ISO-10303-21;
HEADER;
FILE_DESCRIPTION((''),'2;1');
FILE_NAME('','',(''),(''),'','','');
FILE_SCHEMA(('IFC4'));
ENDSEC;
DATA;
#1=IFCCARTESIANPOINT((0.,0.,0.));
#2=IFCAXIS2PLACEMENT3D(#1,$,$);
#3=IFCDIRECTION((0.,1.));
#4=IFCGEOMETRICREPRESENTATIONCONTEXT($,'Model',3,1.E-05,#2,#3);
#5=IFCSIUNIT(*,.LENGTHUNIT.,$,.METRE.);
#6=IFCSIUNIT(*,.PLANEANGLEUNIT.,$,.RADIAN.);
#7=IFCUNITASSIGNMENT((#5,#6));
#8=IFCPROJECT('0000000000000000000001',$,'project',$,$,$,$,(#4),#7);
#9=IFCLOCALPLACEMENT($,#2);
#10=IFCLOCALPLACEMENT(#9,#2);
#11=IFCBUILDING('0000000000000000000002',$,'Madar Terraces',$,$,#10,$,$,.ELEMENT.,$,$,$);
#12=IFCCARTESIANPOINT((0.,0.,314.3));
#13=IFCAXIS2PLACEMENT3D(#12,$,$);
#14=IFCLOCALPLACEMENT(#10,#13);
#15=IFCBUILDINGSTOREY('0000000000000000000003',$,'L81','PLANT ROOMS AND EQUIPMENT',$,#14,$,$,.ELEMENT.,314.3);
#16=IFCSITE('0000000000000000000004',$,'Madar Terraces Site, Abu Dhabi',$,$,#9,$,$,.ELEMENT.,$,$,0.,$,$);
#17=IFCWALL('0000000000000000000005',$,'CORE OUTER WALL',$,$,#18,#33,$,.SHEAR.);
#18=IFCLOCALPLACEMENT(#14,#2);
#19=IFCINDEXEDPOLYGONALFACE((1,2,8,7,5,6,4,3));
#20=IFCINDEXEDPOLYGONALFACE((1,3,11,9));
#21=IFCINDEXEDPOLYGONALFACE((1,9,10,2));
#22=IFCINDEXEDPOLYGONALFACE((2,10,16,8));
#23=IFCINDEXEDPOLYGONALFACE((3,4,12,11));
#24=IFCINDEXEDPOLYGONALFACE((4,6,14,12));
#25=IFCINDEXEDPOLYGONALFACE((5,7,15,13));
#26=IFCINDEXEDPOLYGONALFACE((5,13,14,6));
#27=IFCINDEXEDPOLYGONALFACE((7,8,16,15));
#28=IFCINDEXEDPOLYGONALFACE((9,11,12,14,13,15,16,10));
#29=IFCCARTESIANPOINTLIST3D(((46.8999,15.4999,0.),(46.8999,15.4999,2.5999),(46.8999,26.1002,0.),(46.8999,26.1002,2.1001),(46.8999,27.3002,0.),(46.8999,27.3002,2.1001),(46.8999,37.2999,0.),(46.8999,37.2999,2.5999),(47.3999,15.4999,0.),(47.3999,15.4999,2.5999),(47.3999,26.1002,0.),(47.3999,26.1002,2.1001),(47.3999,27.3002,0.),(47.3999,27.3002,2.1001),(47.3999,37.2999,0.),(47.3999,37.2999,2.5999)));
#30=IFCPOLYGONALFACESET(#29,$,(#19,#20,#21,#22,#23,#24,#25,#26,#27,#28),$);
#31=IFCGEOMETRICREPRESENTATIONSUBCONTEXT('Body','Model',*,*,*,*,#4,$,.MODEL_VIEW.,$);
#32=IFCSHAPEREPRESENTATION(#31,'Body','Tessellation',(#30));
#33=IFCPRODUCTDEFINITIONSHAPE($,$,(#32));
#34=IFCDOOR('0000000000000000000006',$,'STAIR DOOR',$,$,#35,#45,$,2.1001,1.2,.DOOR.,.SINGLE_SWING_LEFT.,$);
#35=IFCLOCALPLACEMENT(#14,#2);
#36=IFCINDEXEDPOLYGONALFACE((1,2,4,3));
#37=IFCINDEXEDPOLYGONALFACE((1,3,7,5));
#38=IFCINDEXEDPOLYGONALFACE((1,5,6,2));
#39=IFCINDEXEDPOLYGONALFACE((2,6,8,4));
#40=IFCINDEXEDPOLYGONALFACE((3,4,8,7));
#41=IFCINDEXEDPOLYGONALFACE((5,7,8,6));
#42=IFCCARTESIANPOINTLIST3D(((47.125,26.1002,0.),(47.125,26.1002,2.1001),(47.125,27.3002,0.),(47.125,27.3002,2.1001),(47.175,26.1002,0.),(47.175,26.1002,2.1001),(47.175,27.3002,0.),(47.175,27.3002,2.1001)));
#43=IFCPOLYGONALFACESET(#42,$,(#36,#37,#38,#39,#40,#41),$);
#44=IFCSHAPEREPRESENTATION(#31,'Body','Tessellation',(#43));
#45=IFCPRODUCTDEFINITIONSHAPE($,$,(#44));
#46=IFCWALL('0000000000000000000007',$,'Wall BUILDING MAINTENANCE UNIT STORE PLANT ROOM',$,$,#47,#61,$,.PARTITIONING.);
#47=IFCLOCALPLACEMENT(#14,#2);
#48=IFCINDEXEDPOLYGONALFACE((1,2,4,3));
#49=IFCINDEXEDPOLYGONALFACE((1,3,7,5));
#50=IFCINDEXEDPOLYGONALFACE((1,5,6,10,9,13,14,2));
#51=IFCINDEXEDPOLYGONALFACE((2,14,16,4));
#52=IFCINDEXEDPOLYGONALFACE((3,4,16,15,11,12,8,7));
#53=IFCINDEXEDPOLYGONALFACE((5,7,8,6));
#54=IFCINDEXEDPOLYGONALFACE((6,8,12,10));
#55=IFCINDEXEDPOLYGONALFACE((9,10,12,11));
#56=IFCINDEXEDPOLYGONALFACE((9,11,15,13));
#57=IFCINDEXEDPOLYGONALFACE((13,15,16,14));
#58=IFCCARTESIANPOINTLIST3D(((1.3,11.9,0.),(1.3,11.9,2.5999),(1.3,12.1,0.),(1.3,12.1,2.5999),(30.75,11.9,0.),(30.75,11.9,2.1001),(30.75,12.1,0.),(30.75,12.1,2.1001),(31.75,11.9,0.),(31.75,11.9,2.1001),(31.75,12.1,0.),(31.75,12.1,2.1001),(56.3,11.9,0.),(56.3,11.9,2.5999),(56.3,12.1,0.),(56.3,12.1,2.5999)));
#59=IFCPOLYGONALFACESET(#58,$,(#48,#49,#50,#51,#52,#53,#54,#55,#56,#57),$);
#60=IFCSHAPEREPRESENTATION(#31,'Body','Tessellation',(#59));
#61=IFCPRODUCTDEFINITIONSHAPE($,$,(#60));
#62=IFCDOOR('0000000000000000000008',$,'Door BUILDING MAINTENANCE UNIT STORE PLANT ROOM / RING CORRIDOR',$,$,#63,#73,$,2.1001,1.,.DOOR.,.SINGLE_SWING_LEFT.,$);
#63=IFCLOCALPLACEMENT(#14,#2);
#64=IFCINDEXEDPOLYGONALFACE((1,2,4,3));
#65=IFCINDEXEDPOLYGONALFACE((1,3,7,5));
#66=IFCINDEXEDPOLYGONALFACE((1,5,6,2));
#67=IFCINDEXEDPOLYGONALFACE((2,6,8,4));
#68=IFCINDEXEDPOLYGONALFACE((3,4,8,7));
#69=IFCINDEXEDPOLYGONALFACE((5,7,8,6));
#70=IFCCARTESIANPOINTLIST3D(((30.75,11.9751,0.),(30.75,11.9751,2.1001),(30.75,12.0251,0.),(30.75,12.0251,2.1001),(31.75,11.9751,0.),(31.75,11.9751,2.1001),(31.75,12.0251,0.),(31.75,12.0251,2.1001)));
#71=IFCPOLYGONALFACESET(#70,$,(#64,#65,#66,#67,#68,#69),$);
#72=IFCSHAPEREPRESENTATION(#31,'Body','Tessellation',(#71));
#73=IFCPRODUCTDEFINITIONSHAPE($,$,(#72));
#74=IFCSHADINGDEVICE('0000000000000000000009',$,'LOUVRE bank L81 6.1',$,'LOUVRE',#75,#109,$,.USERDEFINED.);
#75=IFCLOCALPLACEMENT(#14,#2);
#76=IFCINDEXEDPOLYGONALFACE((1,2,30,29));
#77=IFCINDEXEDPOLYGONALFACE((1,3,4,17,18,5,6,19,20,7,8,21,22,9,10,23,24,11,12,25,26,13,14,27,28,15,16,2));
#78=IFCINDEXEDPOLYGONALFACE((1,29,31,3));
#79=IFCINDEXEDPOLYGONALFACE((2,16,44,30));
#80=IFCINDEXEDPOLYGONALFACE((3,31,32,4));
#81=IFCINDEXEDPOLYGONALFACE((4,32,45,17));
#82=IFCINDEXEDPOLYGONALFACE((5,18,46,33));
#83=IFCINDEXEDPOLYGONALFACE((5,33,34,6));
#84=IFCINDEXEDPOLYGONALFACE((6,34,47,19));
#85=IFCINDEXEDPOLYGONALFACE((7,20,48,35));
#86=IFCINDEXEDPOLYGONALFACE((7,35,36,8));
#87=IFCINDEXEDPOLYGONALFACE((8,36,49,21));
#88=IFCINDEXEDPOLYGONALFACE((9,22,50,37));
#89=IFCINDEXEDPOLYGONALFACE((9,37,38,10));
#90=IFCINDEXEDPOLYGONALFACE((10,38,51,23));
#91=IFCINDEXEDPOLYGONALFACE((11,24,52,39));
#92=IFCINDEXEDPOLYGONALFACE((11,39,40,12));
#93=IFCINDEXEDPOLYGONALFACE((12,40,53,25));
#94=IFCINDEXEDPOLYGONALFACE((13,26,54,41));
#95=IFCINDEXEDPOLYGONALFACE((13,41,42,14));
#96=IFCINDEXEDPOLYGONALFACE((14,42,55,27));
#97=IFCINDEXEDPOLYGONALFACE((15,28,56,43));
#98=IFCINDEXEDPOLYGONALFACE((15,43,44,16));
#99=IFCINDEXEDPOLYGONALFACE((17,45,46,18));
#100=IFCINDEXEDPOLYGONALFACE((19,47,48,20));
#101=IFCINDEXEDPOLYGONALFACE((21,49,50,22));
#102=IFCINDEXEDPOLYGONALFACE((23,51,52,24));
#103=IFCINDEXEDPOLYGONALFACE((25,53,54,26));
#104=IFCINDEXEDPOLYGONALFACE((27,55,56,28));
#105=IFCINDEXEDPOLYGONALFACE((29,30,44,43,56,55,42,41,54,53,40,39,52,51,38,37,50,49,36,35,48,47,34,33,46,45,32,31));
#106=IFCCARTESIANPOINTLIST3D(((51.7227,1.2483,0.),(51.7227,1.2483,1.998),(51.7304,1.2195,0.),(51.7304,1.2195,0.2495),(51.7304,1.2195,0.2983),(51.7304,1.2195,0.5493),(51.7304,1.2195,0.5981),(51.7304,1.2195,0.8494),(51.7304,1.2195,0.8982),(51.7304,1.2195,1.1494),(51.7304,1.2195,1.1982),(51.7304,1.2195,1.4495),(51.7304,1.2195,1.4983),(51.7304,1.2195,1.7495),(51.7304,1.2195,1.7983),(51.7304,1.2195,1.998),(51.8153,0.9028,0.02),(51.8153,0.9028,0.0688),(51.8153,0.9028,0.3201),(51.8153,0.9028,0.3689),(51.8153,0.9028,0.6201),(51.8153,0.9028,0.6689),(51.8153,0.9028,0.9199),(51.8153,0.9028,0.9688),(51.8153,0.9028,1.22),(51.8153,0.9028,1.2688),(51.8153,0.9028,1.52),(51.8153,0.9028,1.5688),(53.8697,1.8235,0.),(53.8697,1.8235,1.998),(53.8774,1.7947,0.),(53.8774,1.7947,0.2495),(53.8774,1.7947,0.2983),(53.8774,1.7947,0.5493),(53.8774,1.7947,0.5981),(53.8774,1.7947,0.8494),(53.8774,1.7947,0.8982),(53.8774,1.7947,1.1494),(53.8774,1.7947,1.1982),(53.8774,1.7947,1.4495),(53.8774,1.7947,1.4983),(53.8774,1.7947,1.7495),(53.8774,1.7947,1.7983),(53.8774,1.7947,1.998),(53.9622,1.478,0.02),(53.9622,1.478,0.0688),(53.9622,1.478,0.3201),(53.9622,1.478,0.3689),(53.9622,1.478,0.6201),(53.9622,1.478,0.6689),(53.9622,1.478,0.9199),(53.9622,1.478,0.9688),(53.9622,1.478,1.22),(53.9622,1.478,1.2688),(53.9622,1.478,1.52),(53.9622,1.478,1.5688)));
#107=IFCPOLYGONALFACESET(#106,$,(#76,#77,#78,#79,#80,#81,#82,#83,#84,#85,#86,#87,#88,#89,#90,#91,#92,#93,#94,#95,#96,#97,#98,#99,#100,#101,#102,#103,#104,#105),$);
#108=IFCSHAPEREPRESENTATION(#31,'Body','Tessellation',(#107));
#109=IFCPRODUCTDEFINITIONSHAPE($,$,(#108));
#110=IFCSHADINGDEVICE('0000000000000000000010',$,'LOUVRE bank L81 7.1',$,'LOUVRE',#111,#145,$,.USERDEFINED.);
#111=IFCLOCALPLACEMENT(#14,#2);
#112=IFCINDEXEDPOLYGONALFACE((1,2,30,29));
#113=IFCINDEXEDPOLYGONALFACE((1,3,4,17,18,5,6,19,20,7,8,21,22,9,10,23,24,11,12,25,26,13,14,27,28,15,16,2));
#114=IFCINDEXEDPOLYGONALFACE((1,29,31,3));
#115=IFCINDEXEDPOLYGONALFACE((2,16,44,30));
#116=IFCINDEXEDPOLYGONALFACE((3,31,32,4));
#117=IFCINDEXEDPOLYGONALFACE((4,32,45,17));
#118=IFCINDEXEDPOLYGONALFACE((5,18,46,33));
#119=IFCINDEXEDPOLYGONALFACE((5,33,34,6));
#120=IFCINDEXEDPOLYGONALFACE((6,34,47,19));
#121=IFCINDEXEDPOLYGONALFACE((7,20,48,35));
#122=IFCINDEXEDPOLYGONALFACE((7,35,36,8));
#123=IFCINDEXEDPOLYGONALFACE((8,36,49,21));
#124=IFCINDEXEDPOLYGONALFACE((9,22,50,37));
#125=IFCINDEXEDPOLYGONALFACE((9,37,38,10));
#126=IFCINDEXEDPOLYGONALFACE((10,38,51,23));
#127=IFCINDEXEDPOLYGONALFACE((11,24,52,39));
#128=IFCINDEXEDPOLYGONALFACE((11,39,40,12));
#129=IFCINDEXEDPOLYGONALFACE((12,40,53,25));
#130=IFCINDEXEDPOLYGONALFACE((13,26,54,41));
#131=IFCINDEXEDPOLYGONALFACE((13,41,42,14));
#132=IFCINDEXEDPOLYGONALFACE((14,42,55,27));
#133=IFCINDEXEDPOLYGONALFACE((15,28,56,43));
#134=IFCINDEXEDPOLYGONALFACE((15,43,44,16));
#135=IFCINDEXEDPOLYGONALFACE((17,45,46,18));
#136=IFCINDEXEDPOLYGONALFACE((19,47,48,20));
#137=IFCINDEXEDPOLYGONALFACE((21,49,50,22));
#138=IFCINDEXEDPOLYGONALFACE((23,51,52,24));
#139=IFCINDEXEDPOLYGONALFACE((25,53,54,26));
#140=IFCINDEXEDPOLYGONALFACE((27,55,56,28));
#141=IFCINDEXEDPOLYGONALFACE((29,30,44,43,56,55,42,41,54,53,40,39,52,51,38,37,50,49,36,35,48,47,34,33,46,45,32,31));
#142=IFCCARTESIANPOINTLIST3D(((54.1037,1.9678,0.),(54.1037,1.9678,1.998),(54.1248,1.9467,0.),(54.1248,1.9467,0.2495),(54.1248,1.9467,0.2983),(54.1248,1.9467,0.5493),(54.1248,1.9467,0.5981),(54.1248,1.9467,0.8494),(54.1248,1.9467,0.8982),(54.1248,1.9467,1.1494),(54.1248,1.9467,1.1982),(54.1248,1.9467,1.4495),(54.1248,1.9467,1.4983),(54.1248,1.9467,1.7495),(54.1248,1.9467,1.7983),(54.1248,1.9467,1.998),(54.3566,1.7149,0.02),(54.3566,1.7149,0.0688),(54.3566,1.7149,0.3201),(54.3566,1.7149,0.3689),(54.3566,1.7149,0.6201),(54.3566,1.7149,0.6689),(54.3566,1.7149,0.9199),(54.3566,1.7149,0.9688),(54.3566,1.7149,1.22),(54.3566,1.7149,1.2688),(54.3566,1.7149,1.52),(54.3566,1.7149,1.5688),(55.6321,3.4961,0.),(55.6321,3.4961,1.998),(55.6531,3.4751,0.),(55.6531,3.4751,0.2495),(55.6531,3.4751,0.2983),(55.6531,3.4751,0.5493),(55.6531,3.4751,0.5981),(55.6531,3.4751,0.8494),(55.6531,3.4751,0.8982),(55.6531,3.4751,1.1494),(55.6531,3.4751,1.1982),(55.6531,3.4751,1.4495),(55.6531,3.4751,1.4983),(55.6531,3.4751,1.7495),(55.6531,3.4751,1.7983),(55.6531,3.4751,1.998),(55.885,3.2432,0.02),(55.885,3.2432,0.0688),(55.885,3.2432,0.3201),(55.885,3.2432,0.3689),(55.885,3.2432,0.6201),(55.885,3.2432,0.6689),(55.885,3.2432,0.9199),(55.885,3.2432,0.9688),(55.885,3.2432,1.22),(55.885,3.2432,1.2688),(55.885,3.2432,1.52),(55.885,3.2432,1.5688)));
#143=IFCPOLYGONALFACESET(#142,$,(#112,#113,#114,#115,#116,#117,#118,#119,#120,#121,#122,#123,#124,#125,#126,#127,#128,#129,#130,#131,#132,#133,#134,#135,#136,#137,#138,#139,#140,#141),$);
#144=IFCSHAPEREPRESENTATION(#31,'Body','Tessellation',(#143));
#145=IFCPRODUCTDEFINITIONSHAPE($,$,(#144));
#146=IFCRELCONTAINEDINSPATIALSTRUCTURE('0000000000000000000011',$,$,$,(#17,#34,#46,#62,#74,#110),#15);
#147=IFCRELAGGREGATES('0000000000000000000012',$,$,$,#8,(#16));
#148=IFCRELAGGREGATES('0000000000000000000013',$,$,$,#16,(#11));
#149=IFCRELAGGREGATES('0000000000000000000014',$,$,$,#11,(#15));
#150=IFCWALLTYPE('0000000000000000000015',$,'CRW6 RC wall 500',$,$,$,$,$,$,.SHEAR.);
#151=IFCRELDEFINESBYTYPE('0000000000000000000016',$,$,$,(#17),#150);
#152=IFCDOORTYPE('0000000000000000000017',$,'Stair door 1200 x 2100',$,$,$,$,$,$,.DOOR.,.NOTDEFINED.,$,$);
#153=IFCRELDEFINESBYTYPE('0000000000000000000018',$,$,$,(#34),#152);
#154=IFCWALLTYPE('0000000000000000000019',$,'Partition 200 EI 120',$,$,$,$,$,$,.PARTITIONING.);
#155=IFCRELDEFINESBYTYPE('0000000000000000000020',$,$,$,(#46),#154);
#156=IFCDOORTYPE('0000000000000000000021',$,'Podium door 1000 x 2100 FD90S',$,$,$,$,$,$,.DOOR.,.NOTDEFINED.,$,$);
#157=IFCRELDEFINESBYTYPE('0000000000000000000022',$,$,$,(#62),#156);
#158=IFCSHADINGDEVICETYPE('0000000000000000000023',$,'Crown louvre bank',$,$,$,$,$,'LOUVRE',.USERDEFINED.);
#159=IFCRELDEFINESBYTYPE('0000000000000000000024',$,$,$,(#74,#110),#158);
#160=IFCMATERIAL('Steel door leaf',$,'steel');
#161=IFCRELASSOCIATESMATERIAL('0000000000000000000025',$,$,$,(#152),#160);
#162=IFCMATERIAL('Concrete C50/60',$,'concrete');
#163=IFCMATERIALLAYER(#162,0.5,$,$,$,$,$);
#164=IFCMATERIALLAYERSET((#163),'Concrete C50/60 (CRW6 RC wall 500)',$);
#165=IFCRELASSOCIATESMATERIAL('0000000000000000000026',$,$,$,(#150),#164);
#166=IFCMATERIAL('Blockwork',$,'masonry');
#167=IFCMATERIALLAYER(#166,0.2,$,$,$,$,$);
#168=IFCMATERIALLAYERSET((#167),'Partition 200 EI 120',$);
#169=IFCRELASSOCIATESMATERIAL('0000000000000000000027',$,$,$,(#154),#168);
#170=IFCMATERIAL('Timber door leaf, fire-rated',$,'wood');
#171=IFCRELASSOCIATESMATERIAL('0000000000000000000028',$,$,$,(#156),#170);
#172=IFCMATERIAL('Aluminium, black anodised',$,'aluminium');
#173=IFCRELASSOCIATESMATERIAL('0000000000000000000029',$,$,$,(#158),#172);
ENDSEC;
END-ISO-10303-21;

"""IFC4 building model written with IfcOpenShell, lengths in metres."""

from ifc_helpers import new_model, si_unit, direction, frame, frame_2d, origin, place, context, subcontext, project, spatial, polyline, rectangle, outline, extrude, material, layer, layer_set, type_object, element, fill, save


model = new_model("IFC4")

# Units and contexts
model_context = context("Model", 3, precision=1e-05, world=origin(), true_north=direction((0.0, 1.0)))
body_context = subcontext(model_context, "Body", "Model", "MODEL_VIEW")
ifc_project = project(units=[si_unit("LENGTHUNIT", "METRE"), si_unit("PLANEANGLEUNIT", "RADIAN")], contexts=[model_context])

# Site, building, storey
site_placement = place(None, origin())
site = spatial("IfcSite", under=ifc_project, at=site_placement, Name="Madar Terraces Site, Abu Dhabi", CompositionType="ELEMENT", RefElevation=0.0)
building_placement = place(site_placement, origin())
building = spatial("IfcBuilding", under=site, at=building_placement, Name="Madar Terraces", CompositionType="ELEMENT")
storey_placement = place(building_placement, frame((0.0, 0.0, 314.3)))
storey = spatial("IfcBuildingStorey", under=building, at=storey_placement, Name="L81", Description="PLANT ROOMS AND EQUIPMENT", CompositionType="ELEMENT", Elevation=314.3)

# Walls, openings, doors
ifc_material_1 = material(Name="Steel door leaf", Category="steel")
door_type_1 = type_object("IfcDoorType", Name="Stair door 1200 x 2100", OperationType="NOTDEFINED", PredefinedType="DOOR", material=ifc_material_1)
ifc_material_2 = material(Name="Concrete C50/60", Category="concrete")
ifc_layer_1 = layer(ifc_material_2, 0.5)
ifc_layer_set_1 = layer_set([ifc_layer_1], Name="Concrete C50/60 (CRW6 RC wall 500)")
wall_type_1 = type_object("IfcWallType", Name="CRW6 RC wall 500", PredefinedType="SHEAR", material=ifc_layer_set_1)
wall_1_placement = place(storey_placement, frame((47.1499, 15.5, 0.0), z_axis=(0.0, 0.0, 1.0), x_axis=(0.0, 1.0, 0.0)))
wall_1 = element("IfcWall", 1, at=wall_1_placement, inside=storey, type_object=wall_type_1, Name="CORE OUTER WALL", PredefinedType="SHEAR", context=body_context, shape_type="SweptSolid", body=[
    extrude(rectangle(XDim=21.8, YDim=0.5, at=frame_2d((10.8999, 0.0))), origin(), (0.0, 0.0, 1.0), 2.5999),
])
opening_1_placement = place(wall_1_placement, frame((10.6001, 0.0, 0.0)))
opening_1 = element("IfcOpeningElement", 2, at=opening_1_placement, cuts=wall_1, PredefinedType="OPENING", context=body_context, shape_type="SweptSolid", body=[
    extrude(rectangle(XDim=1.2, YDim=2.1001, at=frame_2d((0.6001, 1.05))), frame((0.0, 0.26, 0.0), z_axis=(0.0, -1.0, 0.0), x_axis=(1.0, 0.0, 0.0)), (0.0, 0.0, 1.0), 0.52),
])
door_1_placement = place(opening_1_placement, origin())
door_1 = element("IfcDoor", 3, at=door_1_placement, inside=storey, type_object=door_type_1, Name="STAIR DOOR", OperationType="SINGLE_SWING_LEFT", OverallHeight=2.1001, OverallWidth=1.2, PredefinedType="DOOR", context=body_context, shape_type="SweptSolid", body=[
    extrude(rectangle(XDim=1.2, YDim=2.1001, at=frame_2d((0.6001, 1.05))), frame((0.0, 0.0249, 0.0), z_axis=(0.0, -1.0, 0.0), x_axis=(1.0, 0.0, 0.0)), (0.0, 0.0, 1.0), 0.05),
])
fill(opening_1, door_1)
ifc_material_3 = material(Name="Blockwork", Category="masonry")
ifc_layer_2 = layer(ifc_material_3, 0.2)
ifc_layer_set_2 = layer_set([ifc_layer_2], Name="Partition 200 EI 120")
wall_type_2 = type_object("IfcWallType", Name="Partition 200 EI 120", PredefinedType="PARTITIONING", material=ifc_layer_set_2)
wall_2_placement = place(storey_placement, frame((56.3, 12.0, 0.0), z_axis=(0.0, 0.0, 1.0), x_axis=(-1.0, 0.0, 0.0)))
wall_2 = element("IfcWall", 4, at=wall_2_placement, inside=storey, type_object=wall_type_2, Name="Wall BUILDING MAINTENANCE UNIT STORE PLANT ROOM", PredefinedType="PARTITIONING", context=body_context, shape_type="SweptSolid", body=[
    extrude(rectangle(XDim=55.0, YDim=0.2, at=frame_2d((27.5, 0.0))), origin(), (0.0, 0.0, 1.0), 2.5999),
])
opening_2_placement = place(wall_2_placement, frame((24.55, 0.0, 0.0)))
opening_2 = element("IfcOpeningElement", 5, at=opening_2_placement, cuts=wall_2, PredefinedType="OPENING", context=body_context, shape_type="SweptSolid", body=[
    extrude(rectangle(XDim=1.0, YDim=2.1001, at=frame_2d((0.5, 1.05))), frame((0.0, 0.1099, 0.0), z_axis=(0.0, -1.0, 0.0), x_axis=(1.0, 0.0, 0.0)), (0.0, 0.0, 1.0), 0.22),
])
ifc_material_4 = material(Name="Timber door leaf, fire-rated", Category="wood")
door_type_2 = type_object("IfcDoorType", Name="Podium door 1000 x 2100 FD90S", OperationType="NOTDEFINED", PredefinedType="DOOR", material=ifc_material_4)
door_2_placement = place(opening_2_placement, origin())
door_2 = element("IfcDoor", 6, at=door_2_placement, inside=storey, type_object=door_type_2, Name="Door BUILDING MAINTENANCE UNIT STORE PLANT ROOM / RING CORRIDOR", OperationType="SINGLE_SWING_LEFT", OverallHeight=2.1001, OverallWidth=1.0, PredefinedType="DOOR", context=body_context, shape_type="SweptSolid", body=[
    extrude(rectangle(XDim=1.0, YDim=2.1001, at=frame_2d((0.5, 1.05))), frame((0.0, 0.0249, 0.0), z_axis=(0.0, -1.0, 0.0), x_axis=(1.0, 0.0, 0.0)), (0.0, 0.0, 1.0), 0.05),
])
fill(opening_2, door_2)

# Shading devices
ifc_material_5 = material(Name="Aluminium, black anodised", Category="aluminium")
shading_device_type = type_object("IfcShadingDeviceType", Name="Crown louvre bank", ElementType="LOUVRE", PredefinedType="USERDEFINED", material=ifc_material_5)
shading_device_1_placement = place(storey_placement, frame((51.7266, 1.2339, 0.0), z_axis=(0.965935, 0.258784, 0.0), x_axis=(-0.258784, 0.965935, 0.0)))
element("IfcShadingDevice", 7, at=shading_device_1_placement, inside=storey, type_object=shading_device_type, Name="LOUVRE bank L81 6.1", ObjectType="LOUVRE", PredefinedType="USERDEFINED", context=body_context, shape_type="SweptSolid", body=[
    extrude(outline(polyline([(0.0149, 0.0), (-0.0149, 0.0), (-0.0149, 0.2495), (-0.3428, 0.02), (-0.3428, 0.0688), (-0.0149, 0.2983), (-0.0149, 0.5493), (-0.3428, 0.3201), (-0.3428, 0.3689), (-0.0149, 0.5981), (-0.0149, 0.8494), (-0.3428, 0.6201), (-0.3428, 0.6689), (-0.0149, 0.8982), (-0.0149, 1.1494), (-0.3428, 0.9199), (-0.3428, 0.9688), (-0.0149, 1.1982), (-0.0149, 1.4495), (-0.3428, 1.22), (-0.3428, 1.2688), (-0.0149, 1.4983), (-0.0149, 1.7495), (-0.3428, 1.52), (-0.3428, 1.5688), (-0.0149, 1.7983), (-0.0149, 1.998), (0.0149, 1.998), (0.0149, 0.0)])), origin(), (0.0, 0.0, 1.0), 2.2227),
])
shading_device_2_placement = place(storey_placement, frame((54.1143, 1.9573, 0.0), z_axis=(0.707107, 0.707107, 0.0), x_axis=(-0.707107, 0.707107, 0.0)))
element("IfcShadingDevice", 8, at=shading_device_2_placement, inside=storey, type_object=shading_device_type, Name="LOUVRE bank L81 7.1", ObjectType="LOUVRE", PredefinedType="USERDEFINED", context=body_context, shape_type="SweptSolid", body=[
    extrude(outline(polyline([(0.0149, 0.0), (-0.0149, 0.0), (-0.0149, 0.2495), (-0.3428, 0.02), (-0.3428, 0.0688), (-0.0149, 0.2983), (-0.0149, 0.5493), (-0.3428, 0.3201), (-0.3428, 0.3689), (-0.0149, 0.5981), (-0.0149, 0.8494), (-0.3428, 0.6201), (-0.3428, 0.6689), (-0.0149, 0.8982), (-0.0149, 1.1494), (-0.3428, 0.9199), (-0.3428, 0.9688), (-0.0149, 1.1982), (-0.0149, 1.4495), (-0.3428, 1.22), (-0.3428, 1.2688), (-0.0149, 1.4983), (-0.0149, 1.7495), (-0.3428, 1.52), (-0.3428, 1.5688), (-0.0149, 1.7983), (-0.0149, 1.998), (0.0149, 1.998), (0.0149, 0.0)])), origin(), (0.0, 0.0, 1.0), 2.1614),
])

save(model, "model.ifc")
